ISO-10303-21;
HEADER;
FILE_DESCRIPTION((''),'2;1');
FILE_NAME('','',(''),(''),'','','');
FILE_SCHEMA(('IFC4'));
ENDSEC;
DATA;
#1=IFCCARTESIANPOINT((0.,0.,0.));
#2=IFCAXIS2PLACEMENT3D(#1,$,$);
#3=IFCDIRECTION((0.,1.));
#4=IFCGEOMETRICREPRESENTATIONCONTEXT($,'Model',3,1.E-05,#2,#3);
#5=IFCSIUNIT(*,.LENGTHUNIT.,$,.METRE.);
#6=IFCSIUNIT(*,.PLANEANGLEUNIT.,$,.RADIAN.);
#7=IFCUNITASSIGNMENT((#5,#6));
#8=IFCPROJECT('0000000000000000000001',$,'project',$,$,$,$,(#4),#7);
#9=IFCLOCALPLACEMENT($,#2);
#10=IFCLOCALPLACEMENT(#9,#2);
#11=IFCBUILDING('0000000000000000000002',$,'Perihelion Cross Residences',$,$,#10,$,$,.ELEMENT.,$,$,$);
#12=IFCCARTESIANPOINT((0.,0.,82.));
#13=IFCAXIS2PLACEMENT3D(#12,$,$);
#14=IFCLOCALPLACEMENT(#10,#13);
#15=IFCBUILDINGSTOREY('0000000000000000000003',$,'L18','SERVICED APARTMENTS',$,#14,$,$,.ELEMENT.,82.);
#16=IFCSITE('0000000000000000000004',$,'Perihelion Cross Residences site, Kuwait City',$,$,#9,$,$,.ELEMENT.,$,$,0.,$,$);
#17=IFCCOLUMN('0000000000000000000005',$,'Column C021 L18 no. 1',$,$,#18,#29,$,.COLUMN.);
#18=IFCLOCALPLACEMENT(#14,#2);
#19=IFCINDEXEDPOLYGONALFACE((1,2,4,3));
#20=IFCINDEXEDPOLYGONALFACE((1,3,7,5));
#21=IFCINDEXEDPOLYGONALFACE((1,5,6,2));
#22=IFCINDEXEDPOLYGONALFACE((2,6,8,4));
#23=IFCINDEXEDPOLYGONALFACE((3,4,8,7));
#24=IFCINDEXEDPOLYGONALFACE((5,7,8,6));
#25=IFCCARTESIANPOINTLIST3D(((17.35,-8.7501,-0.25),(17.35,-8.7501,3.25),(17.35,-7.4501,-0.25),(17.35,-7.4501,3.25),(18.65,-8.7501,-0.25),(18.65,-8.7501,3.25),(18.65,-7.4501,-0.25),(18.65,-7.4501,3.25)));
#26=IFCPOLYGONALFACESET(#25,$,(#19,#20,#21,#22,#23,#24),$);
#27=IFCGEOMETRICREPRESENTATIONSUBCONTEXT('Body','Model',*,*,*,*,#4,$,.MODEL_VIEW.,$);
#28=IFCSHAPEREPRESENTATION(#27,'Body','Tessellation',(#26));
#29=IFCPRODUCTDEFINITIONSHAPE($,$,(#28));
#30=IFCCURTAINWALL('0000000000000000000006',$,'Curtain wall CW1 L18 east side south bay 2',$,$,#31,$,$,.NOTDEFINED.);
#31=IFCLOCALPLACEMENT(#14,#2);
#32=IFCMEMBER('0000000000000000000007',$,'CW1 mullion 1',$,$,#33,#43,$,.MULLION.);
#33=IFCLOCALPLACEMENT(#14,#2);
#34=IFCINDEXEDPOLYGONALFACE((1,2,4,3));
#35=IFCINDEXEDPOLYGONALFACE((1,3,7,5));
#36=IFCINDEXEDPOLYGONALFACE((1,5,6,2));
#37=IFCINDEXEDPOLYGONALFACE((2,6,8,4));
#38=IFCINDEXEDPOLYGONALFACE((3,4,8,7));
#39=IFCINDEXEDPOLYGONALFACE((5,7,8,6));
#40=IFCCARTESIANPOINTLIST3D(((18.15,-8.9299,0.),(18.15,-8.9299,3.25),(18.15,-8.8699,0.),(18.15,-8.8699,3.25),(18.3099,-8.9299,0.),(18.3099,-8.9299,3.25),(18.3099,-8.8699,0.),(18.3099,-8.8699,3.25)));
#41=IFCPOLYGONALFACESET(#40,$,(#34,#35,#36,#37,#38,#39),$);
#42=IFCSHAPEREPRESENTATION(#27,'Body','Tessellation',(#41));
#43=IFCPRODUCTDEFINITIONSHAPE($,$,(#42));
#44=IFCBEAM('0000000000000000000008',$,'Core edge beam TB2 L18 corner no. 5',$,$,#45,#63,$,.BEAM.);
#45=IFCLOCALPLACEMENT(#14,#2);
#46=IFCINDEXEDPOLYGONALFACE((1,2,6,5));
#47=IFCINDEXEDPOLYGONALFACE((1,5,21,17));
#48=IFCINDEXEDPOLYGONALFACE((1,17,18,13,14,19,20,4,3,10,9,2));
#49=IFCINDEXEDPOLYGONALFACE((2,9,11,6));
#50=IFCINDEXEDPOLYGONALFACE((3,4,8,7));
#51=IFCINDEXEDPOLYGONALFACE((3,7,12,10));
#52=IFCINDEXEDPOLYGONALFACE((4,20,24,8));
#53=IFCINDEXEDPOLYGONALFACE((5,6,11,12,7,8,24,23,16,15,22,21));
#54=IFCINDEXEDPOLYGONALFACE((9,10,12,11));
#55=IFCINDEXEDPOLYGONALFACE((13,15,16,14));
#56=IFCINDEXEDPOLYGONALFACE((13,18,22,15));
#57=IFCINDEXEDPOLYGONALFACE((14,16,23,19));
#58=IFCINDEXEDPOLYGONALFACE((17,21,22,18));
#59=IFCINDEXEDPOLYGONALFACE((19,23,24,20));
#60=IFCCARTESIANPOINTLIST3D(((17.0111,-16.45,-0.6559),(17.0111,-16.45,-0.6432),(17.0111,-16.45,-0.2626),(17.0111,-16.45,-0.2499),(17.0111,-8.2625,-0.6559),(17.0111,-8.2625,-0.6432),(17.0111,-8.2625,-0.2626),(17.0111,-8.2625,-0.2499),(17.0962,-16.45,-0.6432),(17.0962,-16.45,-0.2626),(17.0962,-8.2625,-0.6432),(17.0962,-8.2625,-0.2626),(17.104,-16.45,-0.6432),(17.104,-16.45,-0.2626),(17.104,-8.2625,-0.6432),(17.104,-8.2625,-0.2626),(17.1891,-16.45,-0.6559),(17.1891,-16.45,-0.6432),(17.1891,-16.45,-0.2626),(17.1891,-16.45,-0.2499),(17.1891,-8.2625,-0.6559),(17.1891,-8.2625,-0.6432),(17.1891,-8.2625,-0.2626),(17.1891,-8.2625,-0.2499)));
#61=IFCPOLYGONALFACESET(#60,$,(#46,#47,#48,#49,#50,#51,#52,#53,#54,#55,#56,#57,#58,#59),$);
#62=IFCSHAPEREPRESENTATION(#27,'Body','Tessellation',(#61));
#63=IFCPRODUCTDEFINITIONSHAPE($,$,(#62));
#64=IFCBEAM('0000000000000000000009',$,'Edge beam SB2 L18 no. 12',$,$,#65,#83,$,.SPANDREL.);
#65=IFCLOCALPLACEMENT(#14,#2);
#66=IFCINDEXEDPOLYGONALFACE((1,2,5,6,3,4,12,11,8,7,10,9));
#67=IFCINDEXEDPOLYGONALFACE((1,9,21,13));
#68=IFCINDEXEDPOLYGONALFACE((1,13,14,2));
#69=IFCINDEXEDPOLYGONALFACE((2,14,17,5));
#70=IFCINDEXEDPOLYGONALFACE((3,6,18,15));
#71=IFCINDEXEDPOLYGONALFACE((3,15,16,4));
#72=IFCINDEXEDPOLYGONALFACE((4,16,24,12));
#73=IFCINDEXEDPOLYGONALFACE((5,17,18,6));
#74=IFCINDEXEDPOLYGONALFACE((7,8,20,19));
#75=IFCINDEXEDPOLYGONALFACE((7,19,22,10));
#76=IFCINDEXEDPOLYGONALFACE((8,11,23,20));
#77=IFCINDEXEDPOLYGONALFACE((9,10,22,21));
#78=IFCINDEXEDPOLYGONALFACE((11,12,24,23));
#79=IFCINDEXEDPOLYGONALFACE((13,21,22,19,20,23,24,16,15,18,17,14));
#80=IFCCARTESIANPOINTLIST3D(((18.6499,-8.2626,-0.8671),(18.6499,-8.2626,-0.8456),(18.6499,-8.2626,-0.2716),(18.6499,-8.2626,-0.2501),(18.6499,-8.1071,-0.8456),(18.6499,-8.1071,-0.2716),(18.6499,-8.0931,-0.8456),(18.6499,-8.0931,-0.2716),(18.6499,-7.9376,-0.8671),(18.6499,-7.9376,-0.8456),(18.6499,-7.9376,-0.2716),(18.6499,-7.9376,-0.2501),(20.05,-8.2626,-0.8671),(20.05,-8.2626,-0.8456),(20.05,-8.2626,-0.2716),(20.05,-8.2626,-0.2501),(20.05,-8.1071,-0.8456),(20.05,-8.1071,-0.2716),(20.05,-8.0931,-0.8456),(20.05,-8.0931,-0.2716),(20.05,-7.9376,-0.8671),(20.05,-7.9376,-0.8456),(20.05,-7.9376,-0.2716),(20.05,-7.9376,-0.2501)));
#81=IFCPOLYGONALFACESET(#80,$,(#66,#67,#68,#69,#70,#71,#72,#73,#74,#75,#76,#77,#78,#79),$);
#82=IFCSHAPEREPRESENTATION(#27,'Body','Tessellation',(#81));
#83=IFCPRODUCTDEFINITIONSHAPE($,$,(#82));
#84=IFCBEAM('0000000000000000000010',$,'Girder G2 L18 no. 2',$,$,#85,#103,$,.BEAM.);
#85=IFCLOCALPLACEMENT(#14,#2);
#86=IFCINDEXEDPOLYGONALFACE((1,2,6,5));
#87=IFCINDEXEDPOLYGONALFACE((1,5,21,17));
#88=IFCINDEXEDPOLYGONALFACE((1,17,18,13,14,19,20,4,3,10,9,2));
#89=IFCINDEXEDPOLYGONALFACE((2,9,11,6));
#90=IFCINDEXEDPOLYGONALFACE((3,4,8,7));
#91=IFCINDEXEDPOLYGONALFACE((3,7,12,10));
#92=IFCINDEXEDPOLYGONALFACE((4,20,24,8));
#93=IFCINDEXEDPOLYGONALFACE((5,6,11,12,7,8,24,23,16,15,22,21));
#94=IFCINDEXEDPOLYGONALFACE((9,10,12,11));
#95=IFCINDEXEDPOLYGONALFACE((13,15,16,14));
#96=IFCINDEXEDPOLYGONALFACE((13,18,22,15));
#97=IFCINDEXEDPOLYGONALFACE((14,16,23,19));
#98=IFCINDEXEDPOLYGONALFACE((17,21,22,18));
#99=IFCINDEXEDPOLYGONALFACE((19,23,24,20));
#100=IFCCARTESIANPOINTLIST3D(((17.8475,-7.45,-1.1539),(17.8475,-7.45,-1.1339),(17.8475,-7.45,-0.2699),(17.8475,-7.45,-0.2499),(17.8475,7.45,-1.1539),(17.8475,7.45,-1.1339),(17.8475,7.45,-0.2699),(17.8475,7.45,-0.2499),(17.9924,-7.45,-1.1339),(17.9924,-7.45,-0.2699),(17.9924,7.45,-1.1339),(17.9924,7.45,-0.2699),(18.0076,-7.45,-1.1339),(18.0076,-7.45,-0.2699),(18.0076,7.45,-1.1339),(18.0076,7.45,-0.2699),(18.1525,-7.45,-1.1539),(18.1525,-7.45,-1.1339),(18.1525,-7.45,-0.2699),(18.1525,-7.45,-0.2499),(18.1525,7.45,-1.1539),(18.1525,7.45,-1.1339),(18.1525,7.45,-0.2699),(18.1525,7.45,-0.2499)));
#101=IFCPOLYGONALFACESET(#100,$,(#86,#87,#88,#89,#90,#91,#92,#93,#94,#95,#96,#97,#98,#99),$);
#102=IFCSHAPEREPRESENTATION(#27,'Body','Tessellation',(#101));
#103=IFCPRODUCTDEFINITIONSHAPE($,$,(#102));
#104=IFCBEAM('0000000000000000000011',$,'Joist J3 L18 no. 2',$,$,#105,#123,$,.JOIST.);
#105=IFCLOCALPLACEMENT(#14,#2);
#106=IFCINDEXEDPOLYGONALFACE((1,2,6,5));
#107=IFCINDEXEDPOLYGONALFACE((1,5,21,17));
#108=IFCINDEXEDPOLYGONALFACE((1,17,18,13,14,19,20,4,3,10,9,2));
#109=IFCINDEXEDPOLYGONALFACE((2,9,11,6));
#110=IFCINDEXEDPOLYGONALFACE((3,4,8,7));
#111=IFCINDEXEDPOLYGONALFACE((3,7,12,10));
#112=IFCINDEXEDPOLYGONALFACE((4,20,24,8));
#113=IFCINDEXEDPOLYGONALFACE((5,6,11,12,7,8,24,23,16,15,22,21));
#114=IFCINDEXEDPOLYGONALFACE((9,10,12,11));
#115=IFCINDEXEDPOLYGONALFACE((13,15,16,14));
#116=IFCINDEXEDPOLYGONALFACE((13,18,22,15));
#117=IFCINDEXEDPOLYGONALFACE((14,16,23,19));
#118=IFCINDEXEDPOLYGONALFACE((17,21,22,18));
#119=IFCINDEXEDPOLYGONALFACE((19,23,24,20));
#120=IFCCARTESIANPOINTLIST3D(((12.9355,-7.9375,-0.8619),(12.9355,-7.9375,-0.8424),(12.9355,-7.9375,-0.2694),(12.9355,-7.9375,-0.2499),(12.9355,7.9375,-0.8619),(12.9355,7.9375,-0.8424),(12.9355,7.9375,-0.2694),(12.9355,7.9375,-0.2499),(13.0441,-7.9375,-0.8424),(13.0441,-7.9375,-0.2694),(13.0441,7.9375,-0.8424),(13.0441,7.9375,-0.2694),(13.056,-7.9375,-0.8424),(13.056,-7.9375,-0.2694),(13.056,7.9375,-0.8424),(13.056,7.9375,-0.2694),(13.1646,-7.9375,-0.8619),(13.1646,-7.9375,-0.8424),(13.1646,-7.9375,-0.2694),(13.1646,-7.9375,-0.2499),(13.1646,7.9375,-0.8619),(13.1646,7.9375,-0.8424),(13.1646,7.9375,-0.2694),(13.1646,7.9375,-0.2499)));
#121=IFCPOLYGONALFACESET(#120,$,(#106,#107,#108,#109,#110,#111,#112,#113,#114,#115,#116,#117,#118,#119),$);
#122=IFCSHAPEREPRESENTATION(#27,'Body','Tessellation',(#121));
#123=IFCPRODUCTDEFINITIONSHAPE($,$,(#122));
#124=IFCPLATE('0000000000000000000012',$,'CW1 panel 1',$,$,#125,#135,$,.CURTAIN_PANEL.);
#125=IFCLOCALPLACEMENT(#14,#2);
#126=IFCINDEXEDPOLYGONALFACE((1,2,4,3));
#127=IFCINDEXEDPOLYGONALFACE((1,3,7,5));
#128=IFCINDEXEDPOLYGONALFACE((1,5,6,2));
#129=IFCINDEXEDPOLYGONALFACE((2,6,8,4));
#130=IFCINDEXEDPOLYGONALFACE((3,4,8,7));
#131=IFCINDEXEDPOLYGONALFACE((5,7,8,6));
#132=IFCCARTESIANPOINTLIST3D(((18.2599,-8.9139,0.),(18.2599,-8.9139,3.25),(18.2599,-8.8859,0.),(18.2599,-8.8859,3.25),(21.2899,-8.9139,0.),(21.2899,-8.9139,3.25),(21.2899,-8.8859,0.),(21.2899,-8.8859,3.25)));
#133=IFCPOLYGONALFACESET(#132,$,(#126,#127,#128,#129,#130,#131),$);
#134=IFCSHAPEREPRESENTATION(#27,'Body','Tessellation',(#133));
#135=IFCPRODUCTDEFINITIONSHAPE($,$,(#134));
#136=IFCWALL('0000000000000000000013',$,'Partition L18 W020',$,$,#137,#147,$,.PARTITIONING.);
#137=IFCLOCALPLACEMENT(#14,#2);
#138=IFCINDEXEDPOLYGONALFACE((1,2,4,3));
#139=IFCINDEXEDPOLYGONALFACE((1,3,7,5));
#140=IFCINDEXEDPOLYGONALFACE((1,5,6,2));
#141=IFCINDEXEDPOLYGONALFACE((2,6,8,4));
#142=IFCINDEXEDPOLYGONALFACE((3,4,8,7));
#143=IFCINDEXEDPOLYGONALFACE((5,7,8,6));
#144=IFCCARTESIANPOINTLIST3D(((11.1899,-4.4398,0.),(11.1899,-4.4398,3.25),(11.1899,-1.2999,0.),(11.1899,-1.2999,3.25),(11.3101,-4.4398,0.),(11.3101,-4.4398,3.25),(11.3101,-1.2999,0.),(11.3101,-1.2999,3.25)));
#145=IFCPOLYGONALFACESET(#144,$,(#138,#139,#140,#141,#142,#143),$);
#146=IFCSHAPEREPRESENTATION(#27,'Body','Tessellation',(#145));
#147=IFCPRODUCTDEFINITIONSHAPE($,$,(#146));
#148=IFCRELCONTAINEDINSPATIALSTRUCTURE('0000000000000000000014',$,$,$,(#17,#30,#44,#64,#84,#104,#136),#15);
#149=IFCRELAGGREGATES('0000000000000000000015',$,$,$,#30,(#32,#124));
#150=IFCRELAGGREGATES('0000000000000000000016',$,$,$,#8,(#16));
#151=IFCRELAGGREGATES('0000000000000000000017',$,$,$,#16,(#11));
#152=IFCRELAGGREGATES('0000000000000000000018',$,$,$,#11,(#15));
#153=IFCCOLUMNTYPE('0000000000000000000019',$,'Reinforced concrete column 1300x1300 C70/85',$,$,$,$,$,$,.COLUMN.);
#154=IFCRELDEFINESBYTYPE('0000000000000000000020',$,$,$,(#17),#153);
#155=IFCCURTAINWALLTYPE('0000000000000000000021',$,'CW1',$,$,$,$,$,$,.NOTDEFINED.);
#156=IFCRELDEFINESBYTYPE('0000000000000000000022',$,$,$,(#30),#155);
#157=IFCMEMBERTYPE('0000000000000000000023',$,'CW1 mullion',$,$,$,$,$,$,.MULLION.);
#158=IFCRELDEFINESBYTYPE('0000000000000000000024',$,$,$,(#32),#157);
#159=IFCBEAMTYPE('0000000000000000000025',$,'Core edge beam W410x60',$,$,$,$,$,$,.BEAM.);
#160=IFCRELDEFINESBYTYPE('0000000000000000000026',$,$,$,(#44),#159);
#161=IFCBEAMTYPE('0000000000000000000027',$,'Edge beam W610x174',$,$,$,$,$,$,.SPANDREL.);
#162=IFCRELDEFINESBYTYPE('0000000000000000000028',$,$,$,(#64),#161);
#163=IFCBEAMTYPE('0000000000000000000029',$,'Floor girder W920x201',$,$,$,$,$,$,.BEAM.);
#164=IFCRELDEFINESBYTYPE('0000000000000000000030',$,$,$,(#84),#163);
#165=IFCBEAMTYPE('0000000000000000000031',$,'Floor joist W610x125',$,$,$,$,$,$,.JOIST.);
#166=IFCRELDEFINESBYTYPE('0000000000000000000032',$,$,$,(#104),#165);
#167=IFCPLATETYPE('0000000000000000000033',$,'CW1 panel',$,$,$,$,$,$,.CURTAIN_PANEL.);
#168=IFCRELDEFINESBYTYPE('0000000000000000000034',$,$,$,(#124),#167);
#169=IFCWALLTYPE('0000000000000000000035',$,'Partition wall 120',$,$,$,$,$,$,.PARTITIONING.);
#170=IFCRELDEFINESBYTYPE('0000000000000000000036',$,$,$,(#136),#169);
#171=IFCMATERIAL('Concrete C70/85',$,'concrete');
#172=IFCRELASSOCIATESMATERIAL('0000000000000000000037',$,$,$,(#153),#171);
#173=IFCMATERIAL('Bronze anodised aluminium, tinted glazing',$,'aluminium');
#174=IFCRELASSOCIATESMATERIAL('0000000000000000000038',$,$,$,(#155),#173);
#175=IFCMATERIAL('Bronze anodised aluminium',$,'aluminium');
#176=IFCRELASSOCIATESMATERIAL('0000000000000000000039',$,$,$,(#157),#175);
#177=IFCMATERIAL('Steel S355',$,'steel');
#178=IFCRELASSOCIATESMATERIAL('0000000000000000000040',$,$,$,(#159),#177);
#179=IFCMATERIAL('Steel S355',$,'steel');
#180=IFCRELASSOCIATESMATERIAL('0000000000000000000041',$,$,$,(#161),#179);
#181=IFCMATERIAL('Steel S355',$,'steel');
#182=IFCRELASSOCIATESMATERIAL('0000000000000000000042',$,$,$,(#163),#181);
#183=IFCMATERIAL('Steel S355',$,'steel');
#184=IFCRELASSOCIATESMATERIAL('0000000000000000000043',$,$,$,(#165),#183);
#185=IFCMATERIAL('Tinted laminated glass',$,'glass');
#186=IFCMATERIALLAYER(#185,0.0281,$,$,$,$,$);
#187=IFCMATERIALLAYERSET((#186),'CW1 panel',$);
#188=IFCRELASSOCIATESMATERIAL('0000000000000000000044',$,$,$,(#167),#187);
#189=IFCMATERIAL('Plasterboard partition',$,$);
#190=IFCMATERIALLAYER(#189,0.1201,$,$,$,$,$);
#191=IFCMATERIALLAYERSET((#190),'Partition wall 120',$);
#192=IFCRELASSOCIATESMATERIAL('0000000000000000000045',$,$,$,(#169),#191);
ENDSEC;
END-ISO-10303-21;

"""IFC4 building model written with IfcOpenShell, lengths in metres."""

from ifc_helpers import new_model, si_unit, direction, frame, frame_2d, origin, origin_2d, place, context, subcontext, project, spatial, rectangle, i_section, extrude, material, layer, layer_set, material_profile, profile_set, type_object, element, aggregate, save


model = new_model("IFC4")

# Units and contexts
model_context = context("Model", 3, precision=1e-05, world=origin(), true_north=direction((0.0, 1.0)))
body_context = subcontext(model_context, "Body", "Model", "MODEL_VIEW")
ifc_project = project(units=[si_unit("LENGTHUNIT", "METRE"), si_unit("PLANEANGLEUNIT", "RADIAN")], contexts=[model_context])

# Site, building, storey
site_placement = place(None, origin())
site = spatial("IfcSite", under=ifc_project, at=site_placement, Name="Perihelion Cross Residences site, Kuwait City", CompositionType="ELEMENT", RefElevation=0.0)
building_placement = place(site_placement, origin())
building = spatial("IfcBuilding", under=site, at=building_placement, Name="Perihelion Cross Residences", CompositionType="ELEMENT")
storey_placement = place(building_placement, frame((0.0, 0.0, 82.0)))
storey = spatial("IfcBuildingStorey", under=building, at=storey_placement, Name="L18", Description="SERVICED APARTMENTS", CompositionType="ELEMENT", Elevation=82.0)

# Column
ifc_material_1 = material(Name="Concrete C70/85", Category="concrete")
ifc_material_profile_1 = material_profile(ifc_material_1, rectangle(XDim=1.3, YDim=1.3, at=origin_2d()), Name="RC 1300x1300")
ifc_profile_set_1 = profile_set([ifc_material_profile_1], Name="Concrete C70/85")
column_type = type_object("IfcColumnType", Name="Reinforced concrete column 1300x1300 C70/85", PredefinedType="COLUMN", material=ifc_profile_set_1)
column_placement = place(storey_placement, frame((18.0, -8.1001, -0.25), z_axis=(0.0, 0.0, 1.0), x_axis=(1.0, 0.0, 0.0)))
element("IfcColumn", 1, at=column_placement, inside=storey, type_object=column_type, Name="Column C021 L18 no. 1", PredefinedType="COLUMN", context=body_context, shape_type="SweptSolid", body=[
    extrude(rectangle(XDim=1.3, YDim=1.3, at=origin_2d()), origin(), (0.0, 0.0, 1.0), 3.5),
])

# Curtain wall, member
ifc_material_2 = material(Name="Bronze anodised aluminium, tinted glazing", Category="aluminium")
curtain_wall_type = type_object("IfcCurtainWallType", Name="CW1", PredefinedType="NOTDEFINED", material=ifc_material_2)
curtain_wall_placement = place(storey_placement, origin())
curtain_wall = element("IfcCurtainWall", 2, at=curtain_wall_placement, inside=storey, type_object=curtain_wall_type, Name="Curtain wall CW1 L18 east side south bay 2", PredefinedType="NOTDEFINED")
ifc_material_3 = material(Name="Bronze anodised aluminium", Category="aluminium")
ifc_material_profile_2 = material_profile(ifc_material_3, rectangle(XDim=0.0601, YDim=0.1599, at=origin_2d()), Name="CW1 mullion")
ifc_profile_set_2 = profile_set([ifc_material_profile_2], Name="Bronze anodised aluminium")
member_type = type_object("IfcMemberType", Name="CW1 mullion", PredefinedType="MULLION", material=ifc_profile_set_2)
member_placement = place(storey_placement, frame((18.23, -8.8999, 0.0), z_axis=(0.0, 0.0, 1.0), x_axis=(0.0, 1.0, 0.0)))
member = element("IfcMember", 3, at=member_placement, type_object=member_type, Name="CW1 mullion 1", PredefinedType="MULLION", context=body_context, shape_type="SweptSolid", body=[
    extrude(rectangle(XDim=0.0601, YDim=0.1599, at=origin_2d()), origin(), (0.0, 0.0, 1.0), 3.25),
])

# Beams
ifc_material_4 = material(Name="Steel S355", Category="steel")
ifc_material_profile_3 = material_profile(ifc_material_4, i_section(OverallWidth=0.178, OverallDepth=0.406, WebThickness=0.0078, FlangeThickness=0.0127, at=origin_2d()), Name="W410x60")
ifc_profile_set_3 = profile_set([ifc_material_profile_3], Name="Steel S355")
beam_type_1 = type_object("IfcBeamType", Name="Core edge beam W410x60", PredefinedType="BEAM", material=ifc_profile_set_3)
beam_1_placement = place(storey_placement, frame((17.1001, -8.2625, -0.4529), z_axis=(0.0, -1.0, 0.0), x_axis=(1.0, 0.0, 0.0)))
element("IfcBeam", 4, at=beam_1_placement, inside=storey, type_object=beam_type_1, Name="Core edge beam TB2 L18 corner no. 5", PredefinedType="BEAM", context=body_context, shape_type="SweptSolid", body=[
    extrude(i_section(OverallWidth=0.178, OverallDepth=0.406, WebThickness=0.0078, FlangeThickness=0.0127, at=origin_2d()), origin(), (0.0, 0.0, 1.0), 8.1875),
])
ifc_material_5 = material(Name="Steel S355", Category="steel")
ifc_material_profile_4 = material_profile(ifc_material_5, i_section(OverallWidth=0.325, OverallDepth=0.6169, WebThickness=0.0139, FlangeThickness=0.0215, at=origin_2d()), Name="W610x174")
ifc_profile_set_4 = profile_set([ifc_material_profile_4], Name="Steel S355")
beam_type_2 = type_object("IfcBeamType", Name="Edge beam W610x174", PredefinedType="SPANDREL", material=ifc_profile_set_4)
beam_2_placement = place(storey_placement, frame((18.6499, -8.1001, -0.5586), z_axis=(1.0, 0.0, 0.0), x_axis=(0.0, 1.0, 0.0)))
element("IfcBeam", 5, at=beam_2_placement, inside=storey, type_object=beam_type_2, Name="Edge beam SB2 L18 no. 12", PredefinedType="SPANDREL", context=body_context, shape_type="SweptSolid", body=[
    extrude(i_section(OverallWidth=0.325, OverallDepth=0.6169, WebThickness=0.0139, FlangeThickness=0.0215, at=origin_2d()), origin(), (0.0, 0.0, 1.0), 1.4001),
])
ifc_material_6 = material(Name="Steel S355", Category="steel")
ifc_material_profile_5 = material_profile(ifc_material_6, i_section(OverallWidth=0.3049, OverallDepth=0.9041, WebThickness=0.0151, FlangeThickness=0.02, at=origin_2d()), Name="W920x201")
ifc_profile_set_5 = profile_set([ifc_material_profile_5], Name="Steel S355")
beam_type_3 = type_object("IfcBeamType", Name="Floor girder W920x201", PredefinedType="BEAM", material=ifc_profile_set_5)
beam_3_placement = place(storey_placement, frame((18.0, -7.45, -0.7019), z_axis=(0.0, 1.0, 0.0), x_axis=(-1.0, 0.0, 0.0)))
element("IfcBeam", 6, at=beam_3_placement, inside=storey, type_object=beam_type_3, Name="Girder G2 L18 no. 2", PredefinedType="BEAM", context=body_context, shape_type="SweptSolid", body=[
    extrude(i_section(OverallWidth=0.3049, OverallDepth=0.9041, WebThickness=0.0151, FlangeThickness=0.02, at=origin_2d()), origin(), (0.0, 0.0, 1.0), 14.8999),
])
ifc_material_7 = material(Name="Steel S355", Category="steel")
ifc_material_profile_6 = material_profile(ifc_material_7, i_section(OverallWidth=0.229, OverallDepth=0.6121, WebThickness=0.012, FlangeThickness=0.0195, at=origin_2d()), Name="W610x125")
ifc_profile_set_6 = profile_set([ifc_material_profile_6], Name="Steel S355")
beam_type_4 = type_object("IfcBeamType", Name="Floor joist W610x125", PredefinedType="JOIST", material=ifc_profile_set_6)
beam_4_placement = place(storey_placement, frame((13.05, -7.9375, -0.5559), z_axis=(0.0, 1.0, 0.0), x_axis=(-1.0, 0.0, 0.0)))
element("IfcBeam", 7, at=beam_4_placement, inside=storey, type_object=beam_type_4, Name="Joist J3 L18 no. 2", PredefinedType="JOIST", context=body_context, shape_type="SweptSolid", body=[
    extrude(i_section(OverallWidth=0.229, OverallDepth=0.6121, WebThickness=0.012, FlangeThickness=0.0195, at=origin_2d()), origin(), (0.0, 0.0, 1.0), 15.875),
])

# Plate
ifc_material_8 = material(Name="Tinted laminated glass", Category="glass")
ifc_layer_1 = layer(ifc_material_8, 0.0281)
ifc_layer_set_1 = layer_set([ifc_layer_1], Name="CW1 panel")
plate_type = type_object("IfcPlateType", Name="CW1 panel", PredefinedType="CURTAIN_PANEL", material=ifc_layer_set_1)
plate_placement = place(storey_placement, frame((19.7749, -8.8999, 0.0), z_axis=(0.0, 0.0, 1.0), x_axis=(1.0, 0.0, 0.0)))
plate = element("IfcPlate", 8, at=plate_placement, type_object=plate_type, Name="CW1 panel 1", PredefinedType="CURTAIN_PANEL", context=body_context, shape_type="SweptSolid", body=[
    extrude(rectangle(XDim=3.03, YDim=0.0281, at=origin_2d()), origin(), (0.0, 0.0, 1.0), 3.25),
])
aggregate(curtain_wall, [member, plate])

# Wall
ifc_material_9 = material(Name="Plasterboard partition")
ifc_layer_2 = layer(ifc_material_9, 0.1201)
ifc_layer_set_2 = layer_set([ifc_layer_2], Name="Partition wall 120")
wall_type_1 = type_object("IfcWallType", Name="Partition wall 120", PredefinedType="PARTITIONING", material=ifc_layer_set_2)
wall_1_placement = place(storey_placement, frame((11.25, -1.3, 0.0), z_axis=(0.0, 0.0, 1.0), x_axis=(0.0, -1.0, 0.0)))
element("IfcWall", 9, at=wall_1_placement, inside=storey, type_object=wall_type_1, Name="Partition L18 W020", PredefinedType="PARTITIONING", context=body_context, shape_type="SweptSolid", body=[
    extrude(rectangle(XDim=3.1399, YDim=0.1201, at=frame_2d((1.5698, 0.0))), origin(), (0.0, 0.0, 1.0), 3.25),
])

save(model, "model.ifc")
